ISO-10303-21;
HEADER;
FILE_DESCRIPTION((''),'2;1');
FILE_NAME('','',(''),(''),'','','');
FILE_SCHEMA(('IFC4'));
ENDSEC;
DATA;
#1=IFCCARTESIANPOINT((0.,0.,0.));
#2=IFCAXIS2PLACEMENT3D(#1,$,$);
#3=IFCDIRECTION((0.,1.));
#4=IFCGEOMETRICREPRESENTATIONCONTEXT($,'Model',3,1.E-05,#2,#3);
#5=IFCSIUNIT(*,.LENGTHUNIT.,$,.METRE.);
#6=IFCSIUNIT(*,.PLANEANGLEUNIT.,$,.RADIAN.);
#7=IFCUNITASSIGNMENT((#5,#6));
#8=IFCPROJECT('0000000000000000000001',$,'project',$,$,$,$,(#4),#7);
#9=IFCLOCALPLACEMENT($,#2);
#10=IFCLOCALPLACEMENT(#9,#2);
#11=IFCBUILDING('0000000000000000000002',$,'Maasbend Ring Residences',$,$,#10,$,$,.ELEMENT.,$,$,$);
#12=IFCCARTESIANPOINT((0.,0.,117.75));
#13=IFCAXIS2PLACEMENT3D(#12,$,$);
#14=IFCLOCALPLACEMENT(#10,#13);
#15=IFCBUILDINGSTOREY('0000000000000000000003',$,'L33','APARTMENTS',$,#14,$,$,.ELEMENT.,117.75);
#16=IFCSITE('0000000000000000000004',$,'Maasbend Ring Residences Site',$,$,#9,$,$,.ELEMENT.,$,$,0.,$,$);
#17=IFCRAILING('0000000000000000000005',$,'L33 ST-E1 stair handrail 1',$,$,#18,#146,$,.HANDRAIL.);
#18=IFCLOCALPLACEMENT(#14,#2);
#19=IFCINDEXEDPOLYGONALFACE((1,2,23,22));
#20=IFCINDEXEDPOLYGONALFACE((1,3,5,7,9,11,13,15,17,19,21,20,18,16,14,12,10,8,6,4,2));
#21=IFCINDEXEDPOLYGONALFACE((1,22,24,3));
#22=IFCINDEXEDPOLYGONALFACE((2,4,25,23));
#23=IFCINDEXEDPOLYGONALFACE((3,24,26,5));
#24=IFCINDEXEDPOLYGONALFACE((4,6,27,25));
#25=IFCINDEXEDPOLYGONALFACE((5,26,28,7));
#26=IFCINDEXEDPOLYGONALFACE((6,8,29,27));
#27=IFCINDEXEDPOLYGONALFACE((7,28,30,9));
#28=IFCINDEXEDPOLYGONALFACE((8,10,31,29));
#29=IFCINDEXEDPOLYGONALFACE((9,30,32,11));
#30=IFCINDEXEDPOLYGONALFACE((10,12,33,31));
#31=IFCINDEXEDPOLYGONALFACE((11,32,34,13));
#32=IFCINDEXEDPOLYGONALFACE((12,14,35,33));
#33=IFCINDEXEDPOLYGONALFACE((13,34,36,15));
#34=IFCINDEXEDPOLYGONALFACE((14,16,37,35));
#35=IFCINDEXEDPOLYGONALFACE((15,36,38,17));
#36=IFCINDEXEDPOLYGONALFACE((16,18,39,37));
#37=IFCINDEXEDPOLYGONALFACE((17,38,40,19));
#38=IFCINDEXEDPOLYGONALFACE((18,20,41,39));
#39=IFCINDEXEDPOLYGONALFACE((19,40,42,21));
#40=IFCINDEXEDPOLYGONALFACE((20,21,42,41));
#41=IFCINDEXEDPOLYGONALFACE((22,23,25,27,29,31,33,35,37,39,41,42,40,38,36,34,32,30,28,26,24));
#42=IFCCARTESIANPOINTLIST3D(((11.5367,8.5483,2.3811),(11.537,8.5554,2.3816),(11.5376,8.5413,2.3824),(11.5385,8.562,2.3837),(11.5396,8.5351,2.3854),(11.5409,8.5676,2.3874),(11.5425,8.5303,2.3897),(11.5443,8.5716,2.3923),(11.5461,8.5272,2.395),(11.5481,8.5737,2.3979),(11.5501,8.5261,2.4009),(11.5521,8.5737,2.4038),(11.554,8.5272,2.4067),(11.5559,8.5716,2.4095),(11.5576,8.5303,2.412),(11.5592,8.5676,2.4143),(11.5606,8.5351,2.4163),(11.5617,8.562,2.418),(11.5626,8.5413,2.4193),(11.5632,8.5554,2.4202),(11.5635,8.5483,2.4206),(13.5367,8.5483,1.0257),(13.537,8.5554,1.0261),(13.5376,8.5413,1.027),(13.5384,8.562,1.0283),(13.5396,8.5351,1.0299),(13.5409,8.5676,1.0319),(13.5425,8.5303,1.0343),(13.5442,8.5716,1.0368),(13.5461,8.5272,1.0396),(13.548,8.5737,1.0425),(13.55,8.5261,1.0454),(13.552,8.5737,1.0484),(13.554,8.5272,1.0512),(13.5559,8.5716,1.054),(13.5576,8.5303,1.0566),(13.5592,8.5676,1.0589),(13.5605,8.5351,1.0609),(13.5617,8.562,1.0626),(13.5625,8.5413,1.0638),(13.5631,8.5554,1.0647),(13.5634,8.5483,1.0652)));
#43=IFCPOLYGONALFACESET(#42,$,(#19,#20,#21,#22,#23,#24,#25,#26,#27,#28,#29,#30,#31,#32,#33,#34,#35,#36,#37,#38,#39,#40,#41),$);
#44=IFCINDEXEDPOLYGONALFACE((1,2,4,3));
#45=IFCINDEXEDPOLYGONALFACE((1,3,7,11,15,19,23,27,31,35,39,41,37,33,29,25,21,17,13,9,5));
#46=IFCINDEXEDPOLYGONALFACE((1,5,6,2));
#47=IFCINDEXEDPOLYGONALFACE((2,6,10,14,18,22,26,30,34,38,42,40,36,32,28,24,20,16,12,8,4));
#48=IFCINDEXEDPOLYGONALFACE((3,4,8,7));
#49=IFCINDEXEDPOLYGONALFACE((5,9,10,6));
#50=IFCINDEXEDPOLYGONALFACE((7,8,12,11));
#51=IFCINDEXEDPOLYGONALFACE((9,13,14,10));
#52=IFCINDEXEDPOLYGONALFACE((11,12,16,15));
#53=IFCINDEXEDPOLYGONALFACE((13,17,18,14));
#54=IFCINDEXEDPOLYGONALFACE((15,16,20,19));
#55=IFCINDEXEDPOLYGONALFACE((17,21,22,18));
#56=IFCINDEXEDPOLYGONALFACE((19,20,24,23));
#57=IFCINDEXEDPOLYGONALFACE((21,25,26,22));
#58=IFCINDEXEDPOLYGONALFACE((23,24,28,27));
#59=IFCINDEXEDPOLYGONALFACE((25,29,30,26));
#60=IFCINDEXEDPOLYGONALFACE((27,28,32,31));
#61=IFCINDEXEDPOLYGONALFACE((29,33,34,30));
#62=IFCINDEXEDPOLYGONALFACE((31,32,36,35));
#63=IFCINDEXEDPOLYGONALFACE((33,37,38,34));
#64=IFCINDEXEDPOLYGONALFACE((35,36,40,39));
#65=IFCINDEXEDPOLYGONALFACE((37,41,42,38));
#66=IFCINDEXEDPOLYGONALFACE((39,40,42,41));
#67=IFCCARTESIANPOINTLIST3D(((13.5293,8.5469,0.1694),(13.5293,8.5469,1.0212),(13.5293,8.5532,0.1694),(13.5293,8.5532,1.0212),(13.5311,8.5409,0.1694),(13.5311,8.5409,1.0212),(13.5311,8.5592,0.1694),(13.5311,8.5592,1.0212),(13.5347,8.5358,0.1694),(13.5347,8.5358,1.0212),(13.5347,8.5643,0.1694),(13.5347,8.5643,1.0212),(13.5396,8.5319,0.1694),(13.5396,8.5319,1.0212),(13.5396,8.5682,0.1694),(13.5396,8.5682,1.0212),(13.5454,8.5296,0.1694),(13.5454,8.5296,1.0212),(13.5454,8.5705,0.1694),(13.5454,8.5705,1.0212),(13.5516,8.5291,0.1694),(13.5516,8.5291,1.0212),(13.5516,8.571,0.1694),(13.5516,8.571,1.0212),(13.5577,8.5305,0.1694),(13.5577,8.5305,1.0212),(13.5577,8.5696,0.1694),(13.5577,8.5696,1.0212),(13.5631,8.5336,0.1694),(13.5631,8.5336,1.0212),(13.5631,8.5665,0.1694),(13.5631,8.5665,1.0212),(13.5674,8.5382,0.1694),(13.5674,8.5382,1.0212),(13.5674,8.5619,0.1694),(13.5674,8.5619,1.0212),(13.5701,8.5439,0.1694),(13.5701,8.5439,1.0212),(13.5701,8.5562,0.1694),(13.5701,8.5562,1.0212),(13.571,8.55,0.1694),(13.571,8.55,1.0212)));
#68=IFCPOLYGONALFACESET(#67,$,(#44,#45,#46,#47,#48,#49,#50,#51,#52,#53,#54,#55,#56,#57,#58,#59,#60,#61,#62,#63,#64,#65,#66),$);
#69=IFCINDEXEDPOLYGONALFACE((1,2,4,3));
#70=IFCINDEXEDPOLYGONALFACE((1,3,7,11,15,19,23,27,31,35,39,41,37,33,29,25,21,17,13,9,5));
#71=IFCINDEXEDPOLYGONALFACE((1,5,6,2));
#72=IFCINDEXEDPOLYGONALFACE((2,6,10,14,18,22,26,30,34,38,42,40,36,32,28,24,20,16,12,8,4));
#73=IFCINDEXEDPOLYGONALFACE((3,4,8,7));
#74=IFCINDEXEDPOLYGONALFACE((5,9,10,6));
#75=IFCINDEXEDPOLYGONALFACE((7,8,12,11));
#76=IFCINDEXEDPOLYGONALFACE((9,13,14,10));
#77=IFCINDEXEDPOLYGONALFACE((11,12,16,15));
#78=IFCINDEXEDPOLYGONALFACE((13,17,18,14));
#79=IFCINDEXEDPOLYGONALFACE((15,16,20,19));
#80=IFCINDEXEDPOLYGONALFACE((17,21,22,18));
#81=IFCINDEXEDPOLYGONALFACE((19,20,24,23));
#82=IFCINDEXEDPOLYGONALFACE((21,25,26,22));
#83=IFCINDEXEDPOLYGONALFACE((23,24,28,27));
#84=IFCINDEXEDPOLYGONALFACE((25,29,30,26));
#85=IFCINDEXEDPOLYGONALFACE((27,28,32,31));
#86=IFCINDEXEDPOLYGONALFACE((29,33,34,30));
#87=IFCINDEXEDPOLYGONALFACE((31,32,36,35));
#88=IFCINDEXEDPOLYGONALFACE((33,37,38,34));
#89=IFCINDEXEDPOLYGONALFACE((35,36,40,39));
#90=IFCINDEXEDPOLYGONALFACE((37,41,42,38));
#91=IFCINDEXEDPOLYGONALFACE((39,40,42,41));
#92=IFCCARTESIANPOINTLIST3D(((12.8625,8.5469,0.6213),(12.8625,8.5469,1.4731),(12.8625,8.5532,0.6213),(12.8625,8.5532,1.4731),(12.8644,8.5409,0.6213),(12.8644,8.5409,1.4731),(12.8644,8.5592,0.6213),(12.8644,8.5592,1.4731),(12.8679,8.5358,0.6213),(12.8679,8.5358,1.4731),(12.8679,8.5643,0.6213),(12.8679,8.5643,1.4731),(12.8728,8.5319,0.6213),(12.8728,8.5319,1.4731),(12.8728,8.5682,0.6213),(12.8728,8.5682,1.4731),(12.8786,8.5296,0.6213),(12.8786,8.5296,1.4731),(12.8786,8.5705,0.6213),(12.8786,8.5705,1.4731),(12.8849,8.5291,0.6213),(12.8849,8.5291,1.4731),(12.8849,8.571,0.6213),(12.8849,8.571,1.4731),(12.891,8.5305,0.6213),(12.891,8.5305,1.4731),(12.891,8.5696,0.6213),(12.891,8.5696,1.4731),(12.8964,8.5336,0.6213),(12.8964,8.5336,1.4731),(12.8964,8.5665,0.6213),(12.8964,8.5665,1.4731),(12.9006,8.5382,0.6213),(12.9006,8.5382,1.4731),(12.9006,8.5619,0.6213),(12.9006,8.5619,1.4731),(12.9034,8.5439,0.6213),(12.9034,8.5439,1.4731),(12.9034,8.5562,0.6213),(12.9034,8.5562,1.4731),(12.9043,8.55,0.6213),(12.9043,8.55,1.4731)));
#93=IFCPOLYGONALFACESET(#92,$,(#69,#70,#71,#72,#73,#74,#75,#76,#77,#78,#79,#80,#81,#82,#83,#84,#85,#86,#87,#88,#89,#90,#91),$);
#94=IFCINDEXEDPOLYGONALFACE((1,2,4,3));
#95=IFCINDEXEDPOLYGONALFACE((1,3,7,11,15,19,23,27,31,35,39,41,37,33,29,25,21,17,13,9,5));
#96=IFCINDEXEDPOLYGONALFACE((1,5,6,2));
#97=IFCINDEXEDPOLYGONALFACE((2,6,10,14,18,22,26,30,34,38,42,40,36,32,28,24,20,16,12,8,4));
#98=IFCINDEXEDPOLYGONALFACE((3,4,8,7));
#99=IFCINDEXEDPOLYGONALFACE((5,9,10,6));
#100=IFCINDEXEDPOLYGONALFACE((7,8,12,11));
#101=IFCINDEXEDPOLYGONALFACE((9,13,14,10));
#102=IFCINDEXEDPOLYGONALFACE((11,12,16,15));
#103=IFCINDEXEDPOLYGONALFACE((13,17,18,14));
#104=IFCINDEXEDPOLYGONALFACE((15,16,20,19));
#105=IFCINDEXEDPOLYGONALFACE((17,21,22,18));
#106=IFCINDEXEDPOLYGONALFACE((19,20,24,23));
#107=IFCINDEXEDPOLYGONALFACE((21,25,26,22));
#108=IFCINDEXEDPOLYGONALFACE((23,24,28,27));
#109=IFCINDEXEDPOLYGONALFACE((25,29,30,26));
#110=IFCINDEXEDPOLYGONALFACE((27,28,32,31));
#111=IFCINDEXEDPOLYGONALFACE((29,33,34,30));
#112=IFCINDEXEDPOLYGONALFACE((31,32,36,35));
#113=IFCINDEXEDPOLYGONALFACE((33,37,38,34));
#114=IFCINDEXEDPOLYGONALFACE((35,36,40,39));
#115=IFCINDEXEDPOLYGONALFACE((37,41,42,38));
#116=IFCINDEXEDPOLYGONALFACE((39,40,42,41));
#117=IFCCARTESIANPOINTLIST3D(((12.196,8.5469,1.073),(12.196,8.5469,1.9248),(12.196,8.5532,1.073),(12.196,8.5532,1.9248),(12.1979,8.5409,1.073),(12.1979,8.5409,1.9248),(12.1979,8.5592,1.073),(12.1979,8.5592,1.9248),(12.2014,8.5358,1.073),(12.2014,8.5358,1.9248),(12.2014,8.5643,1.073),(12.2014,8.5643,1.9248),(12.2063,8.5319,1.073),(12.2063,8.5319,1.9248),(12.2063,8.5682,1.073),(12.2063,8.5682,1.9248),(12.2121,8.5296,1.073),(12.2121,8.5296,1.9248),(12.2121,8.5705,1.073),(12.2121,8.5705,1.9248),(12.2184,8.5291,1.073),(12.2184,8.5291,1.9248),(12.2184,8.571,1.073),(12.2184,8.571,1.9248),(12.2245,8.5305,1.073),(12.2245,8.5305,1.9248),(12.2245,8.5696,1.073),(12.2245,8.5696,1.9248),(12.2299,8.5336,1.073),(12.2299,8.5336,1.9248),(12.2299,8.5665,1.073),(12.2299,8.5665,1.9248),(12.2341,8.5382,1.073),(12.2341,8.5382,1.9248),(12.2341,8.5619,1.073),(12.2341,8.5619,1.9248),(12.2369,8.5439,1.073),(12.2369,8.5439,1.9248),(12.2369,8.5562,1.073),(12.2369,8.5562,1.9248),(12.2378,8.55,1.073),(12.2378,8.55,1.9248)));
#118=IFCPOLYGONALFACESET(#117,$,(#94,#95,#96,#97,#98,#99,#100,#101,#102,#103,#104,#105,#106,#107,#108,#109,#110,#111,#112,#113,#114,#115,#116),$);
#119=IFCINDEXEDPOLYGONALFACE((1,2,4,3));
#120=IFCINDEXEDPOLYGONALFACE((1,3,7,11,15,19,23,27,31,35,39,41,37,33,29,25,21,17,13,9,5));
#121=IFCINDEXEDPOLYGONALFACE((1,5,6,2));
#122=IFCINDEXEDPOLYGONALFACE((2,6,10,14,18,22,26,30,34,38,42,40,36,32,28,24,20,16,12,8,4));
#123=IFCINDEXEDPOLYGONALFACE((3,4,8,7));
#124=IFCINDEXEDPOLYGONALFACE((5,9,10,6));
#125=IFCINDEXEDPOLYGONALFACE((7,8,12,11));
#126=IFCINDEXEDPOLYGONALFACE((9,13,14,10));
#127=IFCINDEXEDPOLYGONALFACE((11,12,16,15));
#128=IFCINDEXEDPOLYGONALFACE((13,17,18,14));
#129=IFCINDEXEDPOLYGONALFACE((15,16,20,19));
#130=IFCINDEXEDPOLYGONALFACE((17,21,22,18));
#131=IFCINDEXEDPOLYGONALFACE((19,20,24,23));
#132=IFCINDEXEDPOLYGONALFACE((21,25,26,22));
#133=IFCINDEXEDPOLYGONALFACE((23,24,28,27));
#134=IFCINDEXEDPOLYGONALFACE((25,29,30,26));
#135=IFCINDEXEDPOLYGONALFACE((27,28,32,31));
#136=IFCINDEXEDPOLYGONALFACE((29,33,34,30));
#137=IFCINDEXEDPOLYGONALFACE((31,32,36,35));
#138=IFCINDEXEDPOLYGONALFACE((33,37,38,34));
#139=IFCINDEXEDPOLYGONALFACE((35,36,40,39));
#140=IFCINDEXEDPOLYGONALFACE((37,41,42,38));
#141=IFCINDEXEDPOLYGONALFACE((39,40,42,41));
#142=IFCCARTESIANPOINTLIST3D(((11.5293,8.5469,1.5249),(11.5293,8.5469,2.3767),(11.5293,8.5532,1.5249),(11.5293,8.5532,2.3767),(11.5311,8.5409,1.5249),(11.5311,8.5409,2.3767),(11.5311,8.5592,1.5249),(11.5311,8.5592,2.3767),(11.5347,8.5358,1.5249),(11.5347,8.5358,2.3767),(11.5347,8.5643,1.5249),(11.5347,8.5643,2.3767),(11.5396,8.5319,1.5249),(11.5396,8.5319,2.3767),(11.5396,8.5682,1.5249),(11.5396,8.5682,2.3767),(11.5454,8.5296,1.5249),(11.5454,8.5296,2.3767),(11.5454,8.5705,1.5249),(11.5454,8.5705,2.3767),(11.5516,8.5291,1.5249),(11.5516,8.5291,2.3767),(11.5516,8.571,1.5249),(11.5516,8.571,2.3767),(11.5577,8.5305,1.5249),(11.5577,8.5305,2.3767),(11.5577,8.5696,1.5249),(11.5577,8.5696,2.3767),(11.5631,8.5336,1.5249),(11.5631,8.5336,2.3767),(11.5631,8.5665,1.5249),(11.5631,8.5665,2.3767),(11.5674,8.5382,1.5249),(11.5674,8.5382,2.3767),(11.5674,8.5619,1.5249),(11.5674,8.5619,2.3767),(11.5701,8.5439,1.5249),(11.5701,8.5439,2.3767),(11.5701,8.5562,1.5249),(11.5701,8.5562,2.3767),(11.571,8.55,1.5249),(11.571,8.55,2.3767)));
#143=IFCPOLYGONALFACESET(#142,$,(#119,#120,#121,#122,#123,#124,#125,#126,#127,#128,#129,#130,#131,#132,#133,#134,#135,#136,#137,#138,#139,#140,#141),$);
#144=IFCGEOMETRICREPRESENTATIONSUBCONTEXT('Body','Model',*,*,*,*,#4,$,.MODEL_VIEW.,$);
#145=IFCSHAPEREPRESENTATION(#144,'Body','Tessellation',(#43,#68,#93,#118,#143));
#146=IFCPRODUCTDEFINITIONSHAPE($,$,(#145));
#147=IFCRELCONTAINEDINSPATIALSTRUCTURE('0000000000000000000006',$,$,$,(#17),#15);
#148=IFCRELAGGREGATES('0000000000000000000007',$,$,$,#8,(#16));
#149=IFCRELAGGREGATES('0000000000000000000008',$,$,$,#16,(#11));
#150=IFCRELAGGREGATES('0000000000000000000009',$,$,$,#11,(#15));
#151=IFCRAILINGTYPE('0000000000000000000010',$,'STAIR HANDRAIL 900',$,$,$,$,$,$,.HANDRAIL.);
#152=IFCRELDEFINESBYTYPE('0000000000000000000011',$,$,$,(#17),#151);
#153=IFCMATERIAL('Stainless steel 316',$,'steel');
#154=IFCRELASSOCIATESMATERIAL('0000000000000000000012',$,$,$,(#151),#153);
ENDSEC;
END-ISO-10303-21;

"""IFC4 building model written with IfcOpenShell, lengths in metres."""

from ifc_helpers import new_model, si_unit, direction, frame, origin, origin_2d, place, context, subcontext, project, spatial, circle, extrude, material, type_object, element, save


model = new_model("IFC4")

# Units and contexts
model_context = context("Model", 3, precision=1e-05, world=origin(), true_north=direction((0.0, 1.0)))
body_context = subcontext(model_context, "Body", "Model", "MODEL_VIEW")
ifc_project = project(units=[si_unit("LENGTHUNIT", "METRE"), si_unit("PLANEANGLEUNIT", "RADIAN")], contexts=[model_context])

# Site, building, storey
site_placement = place(None, origin())
site = spatial("IfcSite", under=ifc_project, at=site_placement, Name="Maasbend Ring Residences Site", CompositionType="ELEMENT", RefElevation=0.0)
building_placement = place(site_placement, origin())
building = spatial("IfcBuilding", under=site, at=building_placement, Name="Maasbend Ring Residences", CompositionType="ELEMENT")
storey_placement = place(building_placement, frame((0.0, 0.0, 117.75)))
storey = spatial("IfcBuildingStorey", under=building, at=storey_placement, Name="L33", Description="APARTMENTS", CompositionType="ELEMENT", Elevation=117.75)

# Railing
ifc_material_1 = material(Name="Stainless steel 316", Category="steel")
railing_type_1 = type_object("IfcRailingType", Name="STAIR HANDRAIL 900", PredefinedType="HANDRAIL", material=ifc_material_1)
railing_1_placement = place(storey_placement, frame((13.55, 8.55, 0.1694)))
element("IfcRailing", 1, at=railing_1_placement, inside=storey, type_object=railing_type_1, Name="L33 ST-E1 stair handrail 1", PredefinedType="HANDRAIL", context=body_context, shape_type="SweptSolid", body=[
    extrude(circle(Radius=0.0239, at=origin_2d()), frame((0.0, 0.0, 0.876), z_axis=(-0.827798, 0.0, 0.561027), x_axis=(0.0, -1.0, 0.0)), (0.0, 0.0, 1.0), 2.416),
    extrude(circle(Radius=0.021, at=origin_2d()), origin(), (0.0, 0.0, 1.0), 0.8518),
    extrude(circle(Radius=0.021, at=origin_2d()), frame((-0.6667, 0.0, 0.4519)), (0.0, 0.0, 1.0), 0.8518),
    extrude(circle(Radius=0.021, at=origin_2d()), frame((-1.3333, 0.0, 0.9036)), (0.0, 0.0, 1.0), 0.8518),
    extrude(circle(Radius=0.021, at=origin_2d()), frame((-2.0, 0.0, 1.3555)), (0.0, 0.0, 1.0), 0.8518),
])

save(model, "model.ifc")
